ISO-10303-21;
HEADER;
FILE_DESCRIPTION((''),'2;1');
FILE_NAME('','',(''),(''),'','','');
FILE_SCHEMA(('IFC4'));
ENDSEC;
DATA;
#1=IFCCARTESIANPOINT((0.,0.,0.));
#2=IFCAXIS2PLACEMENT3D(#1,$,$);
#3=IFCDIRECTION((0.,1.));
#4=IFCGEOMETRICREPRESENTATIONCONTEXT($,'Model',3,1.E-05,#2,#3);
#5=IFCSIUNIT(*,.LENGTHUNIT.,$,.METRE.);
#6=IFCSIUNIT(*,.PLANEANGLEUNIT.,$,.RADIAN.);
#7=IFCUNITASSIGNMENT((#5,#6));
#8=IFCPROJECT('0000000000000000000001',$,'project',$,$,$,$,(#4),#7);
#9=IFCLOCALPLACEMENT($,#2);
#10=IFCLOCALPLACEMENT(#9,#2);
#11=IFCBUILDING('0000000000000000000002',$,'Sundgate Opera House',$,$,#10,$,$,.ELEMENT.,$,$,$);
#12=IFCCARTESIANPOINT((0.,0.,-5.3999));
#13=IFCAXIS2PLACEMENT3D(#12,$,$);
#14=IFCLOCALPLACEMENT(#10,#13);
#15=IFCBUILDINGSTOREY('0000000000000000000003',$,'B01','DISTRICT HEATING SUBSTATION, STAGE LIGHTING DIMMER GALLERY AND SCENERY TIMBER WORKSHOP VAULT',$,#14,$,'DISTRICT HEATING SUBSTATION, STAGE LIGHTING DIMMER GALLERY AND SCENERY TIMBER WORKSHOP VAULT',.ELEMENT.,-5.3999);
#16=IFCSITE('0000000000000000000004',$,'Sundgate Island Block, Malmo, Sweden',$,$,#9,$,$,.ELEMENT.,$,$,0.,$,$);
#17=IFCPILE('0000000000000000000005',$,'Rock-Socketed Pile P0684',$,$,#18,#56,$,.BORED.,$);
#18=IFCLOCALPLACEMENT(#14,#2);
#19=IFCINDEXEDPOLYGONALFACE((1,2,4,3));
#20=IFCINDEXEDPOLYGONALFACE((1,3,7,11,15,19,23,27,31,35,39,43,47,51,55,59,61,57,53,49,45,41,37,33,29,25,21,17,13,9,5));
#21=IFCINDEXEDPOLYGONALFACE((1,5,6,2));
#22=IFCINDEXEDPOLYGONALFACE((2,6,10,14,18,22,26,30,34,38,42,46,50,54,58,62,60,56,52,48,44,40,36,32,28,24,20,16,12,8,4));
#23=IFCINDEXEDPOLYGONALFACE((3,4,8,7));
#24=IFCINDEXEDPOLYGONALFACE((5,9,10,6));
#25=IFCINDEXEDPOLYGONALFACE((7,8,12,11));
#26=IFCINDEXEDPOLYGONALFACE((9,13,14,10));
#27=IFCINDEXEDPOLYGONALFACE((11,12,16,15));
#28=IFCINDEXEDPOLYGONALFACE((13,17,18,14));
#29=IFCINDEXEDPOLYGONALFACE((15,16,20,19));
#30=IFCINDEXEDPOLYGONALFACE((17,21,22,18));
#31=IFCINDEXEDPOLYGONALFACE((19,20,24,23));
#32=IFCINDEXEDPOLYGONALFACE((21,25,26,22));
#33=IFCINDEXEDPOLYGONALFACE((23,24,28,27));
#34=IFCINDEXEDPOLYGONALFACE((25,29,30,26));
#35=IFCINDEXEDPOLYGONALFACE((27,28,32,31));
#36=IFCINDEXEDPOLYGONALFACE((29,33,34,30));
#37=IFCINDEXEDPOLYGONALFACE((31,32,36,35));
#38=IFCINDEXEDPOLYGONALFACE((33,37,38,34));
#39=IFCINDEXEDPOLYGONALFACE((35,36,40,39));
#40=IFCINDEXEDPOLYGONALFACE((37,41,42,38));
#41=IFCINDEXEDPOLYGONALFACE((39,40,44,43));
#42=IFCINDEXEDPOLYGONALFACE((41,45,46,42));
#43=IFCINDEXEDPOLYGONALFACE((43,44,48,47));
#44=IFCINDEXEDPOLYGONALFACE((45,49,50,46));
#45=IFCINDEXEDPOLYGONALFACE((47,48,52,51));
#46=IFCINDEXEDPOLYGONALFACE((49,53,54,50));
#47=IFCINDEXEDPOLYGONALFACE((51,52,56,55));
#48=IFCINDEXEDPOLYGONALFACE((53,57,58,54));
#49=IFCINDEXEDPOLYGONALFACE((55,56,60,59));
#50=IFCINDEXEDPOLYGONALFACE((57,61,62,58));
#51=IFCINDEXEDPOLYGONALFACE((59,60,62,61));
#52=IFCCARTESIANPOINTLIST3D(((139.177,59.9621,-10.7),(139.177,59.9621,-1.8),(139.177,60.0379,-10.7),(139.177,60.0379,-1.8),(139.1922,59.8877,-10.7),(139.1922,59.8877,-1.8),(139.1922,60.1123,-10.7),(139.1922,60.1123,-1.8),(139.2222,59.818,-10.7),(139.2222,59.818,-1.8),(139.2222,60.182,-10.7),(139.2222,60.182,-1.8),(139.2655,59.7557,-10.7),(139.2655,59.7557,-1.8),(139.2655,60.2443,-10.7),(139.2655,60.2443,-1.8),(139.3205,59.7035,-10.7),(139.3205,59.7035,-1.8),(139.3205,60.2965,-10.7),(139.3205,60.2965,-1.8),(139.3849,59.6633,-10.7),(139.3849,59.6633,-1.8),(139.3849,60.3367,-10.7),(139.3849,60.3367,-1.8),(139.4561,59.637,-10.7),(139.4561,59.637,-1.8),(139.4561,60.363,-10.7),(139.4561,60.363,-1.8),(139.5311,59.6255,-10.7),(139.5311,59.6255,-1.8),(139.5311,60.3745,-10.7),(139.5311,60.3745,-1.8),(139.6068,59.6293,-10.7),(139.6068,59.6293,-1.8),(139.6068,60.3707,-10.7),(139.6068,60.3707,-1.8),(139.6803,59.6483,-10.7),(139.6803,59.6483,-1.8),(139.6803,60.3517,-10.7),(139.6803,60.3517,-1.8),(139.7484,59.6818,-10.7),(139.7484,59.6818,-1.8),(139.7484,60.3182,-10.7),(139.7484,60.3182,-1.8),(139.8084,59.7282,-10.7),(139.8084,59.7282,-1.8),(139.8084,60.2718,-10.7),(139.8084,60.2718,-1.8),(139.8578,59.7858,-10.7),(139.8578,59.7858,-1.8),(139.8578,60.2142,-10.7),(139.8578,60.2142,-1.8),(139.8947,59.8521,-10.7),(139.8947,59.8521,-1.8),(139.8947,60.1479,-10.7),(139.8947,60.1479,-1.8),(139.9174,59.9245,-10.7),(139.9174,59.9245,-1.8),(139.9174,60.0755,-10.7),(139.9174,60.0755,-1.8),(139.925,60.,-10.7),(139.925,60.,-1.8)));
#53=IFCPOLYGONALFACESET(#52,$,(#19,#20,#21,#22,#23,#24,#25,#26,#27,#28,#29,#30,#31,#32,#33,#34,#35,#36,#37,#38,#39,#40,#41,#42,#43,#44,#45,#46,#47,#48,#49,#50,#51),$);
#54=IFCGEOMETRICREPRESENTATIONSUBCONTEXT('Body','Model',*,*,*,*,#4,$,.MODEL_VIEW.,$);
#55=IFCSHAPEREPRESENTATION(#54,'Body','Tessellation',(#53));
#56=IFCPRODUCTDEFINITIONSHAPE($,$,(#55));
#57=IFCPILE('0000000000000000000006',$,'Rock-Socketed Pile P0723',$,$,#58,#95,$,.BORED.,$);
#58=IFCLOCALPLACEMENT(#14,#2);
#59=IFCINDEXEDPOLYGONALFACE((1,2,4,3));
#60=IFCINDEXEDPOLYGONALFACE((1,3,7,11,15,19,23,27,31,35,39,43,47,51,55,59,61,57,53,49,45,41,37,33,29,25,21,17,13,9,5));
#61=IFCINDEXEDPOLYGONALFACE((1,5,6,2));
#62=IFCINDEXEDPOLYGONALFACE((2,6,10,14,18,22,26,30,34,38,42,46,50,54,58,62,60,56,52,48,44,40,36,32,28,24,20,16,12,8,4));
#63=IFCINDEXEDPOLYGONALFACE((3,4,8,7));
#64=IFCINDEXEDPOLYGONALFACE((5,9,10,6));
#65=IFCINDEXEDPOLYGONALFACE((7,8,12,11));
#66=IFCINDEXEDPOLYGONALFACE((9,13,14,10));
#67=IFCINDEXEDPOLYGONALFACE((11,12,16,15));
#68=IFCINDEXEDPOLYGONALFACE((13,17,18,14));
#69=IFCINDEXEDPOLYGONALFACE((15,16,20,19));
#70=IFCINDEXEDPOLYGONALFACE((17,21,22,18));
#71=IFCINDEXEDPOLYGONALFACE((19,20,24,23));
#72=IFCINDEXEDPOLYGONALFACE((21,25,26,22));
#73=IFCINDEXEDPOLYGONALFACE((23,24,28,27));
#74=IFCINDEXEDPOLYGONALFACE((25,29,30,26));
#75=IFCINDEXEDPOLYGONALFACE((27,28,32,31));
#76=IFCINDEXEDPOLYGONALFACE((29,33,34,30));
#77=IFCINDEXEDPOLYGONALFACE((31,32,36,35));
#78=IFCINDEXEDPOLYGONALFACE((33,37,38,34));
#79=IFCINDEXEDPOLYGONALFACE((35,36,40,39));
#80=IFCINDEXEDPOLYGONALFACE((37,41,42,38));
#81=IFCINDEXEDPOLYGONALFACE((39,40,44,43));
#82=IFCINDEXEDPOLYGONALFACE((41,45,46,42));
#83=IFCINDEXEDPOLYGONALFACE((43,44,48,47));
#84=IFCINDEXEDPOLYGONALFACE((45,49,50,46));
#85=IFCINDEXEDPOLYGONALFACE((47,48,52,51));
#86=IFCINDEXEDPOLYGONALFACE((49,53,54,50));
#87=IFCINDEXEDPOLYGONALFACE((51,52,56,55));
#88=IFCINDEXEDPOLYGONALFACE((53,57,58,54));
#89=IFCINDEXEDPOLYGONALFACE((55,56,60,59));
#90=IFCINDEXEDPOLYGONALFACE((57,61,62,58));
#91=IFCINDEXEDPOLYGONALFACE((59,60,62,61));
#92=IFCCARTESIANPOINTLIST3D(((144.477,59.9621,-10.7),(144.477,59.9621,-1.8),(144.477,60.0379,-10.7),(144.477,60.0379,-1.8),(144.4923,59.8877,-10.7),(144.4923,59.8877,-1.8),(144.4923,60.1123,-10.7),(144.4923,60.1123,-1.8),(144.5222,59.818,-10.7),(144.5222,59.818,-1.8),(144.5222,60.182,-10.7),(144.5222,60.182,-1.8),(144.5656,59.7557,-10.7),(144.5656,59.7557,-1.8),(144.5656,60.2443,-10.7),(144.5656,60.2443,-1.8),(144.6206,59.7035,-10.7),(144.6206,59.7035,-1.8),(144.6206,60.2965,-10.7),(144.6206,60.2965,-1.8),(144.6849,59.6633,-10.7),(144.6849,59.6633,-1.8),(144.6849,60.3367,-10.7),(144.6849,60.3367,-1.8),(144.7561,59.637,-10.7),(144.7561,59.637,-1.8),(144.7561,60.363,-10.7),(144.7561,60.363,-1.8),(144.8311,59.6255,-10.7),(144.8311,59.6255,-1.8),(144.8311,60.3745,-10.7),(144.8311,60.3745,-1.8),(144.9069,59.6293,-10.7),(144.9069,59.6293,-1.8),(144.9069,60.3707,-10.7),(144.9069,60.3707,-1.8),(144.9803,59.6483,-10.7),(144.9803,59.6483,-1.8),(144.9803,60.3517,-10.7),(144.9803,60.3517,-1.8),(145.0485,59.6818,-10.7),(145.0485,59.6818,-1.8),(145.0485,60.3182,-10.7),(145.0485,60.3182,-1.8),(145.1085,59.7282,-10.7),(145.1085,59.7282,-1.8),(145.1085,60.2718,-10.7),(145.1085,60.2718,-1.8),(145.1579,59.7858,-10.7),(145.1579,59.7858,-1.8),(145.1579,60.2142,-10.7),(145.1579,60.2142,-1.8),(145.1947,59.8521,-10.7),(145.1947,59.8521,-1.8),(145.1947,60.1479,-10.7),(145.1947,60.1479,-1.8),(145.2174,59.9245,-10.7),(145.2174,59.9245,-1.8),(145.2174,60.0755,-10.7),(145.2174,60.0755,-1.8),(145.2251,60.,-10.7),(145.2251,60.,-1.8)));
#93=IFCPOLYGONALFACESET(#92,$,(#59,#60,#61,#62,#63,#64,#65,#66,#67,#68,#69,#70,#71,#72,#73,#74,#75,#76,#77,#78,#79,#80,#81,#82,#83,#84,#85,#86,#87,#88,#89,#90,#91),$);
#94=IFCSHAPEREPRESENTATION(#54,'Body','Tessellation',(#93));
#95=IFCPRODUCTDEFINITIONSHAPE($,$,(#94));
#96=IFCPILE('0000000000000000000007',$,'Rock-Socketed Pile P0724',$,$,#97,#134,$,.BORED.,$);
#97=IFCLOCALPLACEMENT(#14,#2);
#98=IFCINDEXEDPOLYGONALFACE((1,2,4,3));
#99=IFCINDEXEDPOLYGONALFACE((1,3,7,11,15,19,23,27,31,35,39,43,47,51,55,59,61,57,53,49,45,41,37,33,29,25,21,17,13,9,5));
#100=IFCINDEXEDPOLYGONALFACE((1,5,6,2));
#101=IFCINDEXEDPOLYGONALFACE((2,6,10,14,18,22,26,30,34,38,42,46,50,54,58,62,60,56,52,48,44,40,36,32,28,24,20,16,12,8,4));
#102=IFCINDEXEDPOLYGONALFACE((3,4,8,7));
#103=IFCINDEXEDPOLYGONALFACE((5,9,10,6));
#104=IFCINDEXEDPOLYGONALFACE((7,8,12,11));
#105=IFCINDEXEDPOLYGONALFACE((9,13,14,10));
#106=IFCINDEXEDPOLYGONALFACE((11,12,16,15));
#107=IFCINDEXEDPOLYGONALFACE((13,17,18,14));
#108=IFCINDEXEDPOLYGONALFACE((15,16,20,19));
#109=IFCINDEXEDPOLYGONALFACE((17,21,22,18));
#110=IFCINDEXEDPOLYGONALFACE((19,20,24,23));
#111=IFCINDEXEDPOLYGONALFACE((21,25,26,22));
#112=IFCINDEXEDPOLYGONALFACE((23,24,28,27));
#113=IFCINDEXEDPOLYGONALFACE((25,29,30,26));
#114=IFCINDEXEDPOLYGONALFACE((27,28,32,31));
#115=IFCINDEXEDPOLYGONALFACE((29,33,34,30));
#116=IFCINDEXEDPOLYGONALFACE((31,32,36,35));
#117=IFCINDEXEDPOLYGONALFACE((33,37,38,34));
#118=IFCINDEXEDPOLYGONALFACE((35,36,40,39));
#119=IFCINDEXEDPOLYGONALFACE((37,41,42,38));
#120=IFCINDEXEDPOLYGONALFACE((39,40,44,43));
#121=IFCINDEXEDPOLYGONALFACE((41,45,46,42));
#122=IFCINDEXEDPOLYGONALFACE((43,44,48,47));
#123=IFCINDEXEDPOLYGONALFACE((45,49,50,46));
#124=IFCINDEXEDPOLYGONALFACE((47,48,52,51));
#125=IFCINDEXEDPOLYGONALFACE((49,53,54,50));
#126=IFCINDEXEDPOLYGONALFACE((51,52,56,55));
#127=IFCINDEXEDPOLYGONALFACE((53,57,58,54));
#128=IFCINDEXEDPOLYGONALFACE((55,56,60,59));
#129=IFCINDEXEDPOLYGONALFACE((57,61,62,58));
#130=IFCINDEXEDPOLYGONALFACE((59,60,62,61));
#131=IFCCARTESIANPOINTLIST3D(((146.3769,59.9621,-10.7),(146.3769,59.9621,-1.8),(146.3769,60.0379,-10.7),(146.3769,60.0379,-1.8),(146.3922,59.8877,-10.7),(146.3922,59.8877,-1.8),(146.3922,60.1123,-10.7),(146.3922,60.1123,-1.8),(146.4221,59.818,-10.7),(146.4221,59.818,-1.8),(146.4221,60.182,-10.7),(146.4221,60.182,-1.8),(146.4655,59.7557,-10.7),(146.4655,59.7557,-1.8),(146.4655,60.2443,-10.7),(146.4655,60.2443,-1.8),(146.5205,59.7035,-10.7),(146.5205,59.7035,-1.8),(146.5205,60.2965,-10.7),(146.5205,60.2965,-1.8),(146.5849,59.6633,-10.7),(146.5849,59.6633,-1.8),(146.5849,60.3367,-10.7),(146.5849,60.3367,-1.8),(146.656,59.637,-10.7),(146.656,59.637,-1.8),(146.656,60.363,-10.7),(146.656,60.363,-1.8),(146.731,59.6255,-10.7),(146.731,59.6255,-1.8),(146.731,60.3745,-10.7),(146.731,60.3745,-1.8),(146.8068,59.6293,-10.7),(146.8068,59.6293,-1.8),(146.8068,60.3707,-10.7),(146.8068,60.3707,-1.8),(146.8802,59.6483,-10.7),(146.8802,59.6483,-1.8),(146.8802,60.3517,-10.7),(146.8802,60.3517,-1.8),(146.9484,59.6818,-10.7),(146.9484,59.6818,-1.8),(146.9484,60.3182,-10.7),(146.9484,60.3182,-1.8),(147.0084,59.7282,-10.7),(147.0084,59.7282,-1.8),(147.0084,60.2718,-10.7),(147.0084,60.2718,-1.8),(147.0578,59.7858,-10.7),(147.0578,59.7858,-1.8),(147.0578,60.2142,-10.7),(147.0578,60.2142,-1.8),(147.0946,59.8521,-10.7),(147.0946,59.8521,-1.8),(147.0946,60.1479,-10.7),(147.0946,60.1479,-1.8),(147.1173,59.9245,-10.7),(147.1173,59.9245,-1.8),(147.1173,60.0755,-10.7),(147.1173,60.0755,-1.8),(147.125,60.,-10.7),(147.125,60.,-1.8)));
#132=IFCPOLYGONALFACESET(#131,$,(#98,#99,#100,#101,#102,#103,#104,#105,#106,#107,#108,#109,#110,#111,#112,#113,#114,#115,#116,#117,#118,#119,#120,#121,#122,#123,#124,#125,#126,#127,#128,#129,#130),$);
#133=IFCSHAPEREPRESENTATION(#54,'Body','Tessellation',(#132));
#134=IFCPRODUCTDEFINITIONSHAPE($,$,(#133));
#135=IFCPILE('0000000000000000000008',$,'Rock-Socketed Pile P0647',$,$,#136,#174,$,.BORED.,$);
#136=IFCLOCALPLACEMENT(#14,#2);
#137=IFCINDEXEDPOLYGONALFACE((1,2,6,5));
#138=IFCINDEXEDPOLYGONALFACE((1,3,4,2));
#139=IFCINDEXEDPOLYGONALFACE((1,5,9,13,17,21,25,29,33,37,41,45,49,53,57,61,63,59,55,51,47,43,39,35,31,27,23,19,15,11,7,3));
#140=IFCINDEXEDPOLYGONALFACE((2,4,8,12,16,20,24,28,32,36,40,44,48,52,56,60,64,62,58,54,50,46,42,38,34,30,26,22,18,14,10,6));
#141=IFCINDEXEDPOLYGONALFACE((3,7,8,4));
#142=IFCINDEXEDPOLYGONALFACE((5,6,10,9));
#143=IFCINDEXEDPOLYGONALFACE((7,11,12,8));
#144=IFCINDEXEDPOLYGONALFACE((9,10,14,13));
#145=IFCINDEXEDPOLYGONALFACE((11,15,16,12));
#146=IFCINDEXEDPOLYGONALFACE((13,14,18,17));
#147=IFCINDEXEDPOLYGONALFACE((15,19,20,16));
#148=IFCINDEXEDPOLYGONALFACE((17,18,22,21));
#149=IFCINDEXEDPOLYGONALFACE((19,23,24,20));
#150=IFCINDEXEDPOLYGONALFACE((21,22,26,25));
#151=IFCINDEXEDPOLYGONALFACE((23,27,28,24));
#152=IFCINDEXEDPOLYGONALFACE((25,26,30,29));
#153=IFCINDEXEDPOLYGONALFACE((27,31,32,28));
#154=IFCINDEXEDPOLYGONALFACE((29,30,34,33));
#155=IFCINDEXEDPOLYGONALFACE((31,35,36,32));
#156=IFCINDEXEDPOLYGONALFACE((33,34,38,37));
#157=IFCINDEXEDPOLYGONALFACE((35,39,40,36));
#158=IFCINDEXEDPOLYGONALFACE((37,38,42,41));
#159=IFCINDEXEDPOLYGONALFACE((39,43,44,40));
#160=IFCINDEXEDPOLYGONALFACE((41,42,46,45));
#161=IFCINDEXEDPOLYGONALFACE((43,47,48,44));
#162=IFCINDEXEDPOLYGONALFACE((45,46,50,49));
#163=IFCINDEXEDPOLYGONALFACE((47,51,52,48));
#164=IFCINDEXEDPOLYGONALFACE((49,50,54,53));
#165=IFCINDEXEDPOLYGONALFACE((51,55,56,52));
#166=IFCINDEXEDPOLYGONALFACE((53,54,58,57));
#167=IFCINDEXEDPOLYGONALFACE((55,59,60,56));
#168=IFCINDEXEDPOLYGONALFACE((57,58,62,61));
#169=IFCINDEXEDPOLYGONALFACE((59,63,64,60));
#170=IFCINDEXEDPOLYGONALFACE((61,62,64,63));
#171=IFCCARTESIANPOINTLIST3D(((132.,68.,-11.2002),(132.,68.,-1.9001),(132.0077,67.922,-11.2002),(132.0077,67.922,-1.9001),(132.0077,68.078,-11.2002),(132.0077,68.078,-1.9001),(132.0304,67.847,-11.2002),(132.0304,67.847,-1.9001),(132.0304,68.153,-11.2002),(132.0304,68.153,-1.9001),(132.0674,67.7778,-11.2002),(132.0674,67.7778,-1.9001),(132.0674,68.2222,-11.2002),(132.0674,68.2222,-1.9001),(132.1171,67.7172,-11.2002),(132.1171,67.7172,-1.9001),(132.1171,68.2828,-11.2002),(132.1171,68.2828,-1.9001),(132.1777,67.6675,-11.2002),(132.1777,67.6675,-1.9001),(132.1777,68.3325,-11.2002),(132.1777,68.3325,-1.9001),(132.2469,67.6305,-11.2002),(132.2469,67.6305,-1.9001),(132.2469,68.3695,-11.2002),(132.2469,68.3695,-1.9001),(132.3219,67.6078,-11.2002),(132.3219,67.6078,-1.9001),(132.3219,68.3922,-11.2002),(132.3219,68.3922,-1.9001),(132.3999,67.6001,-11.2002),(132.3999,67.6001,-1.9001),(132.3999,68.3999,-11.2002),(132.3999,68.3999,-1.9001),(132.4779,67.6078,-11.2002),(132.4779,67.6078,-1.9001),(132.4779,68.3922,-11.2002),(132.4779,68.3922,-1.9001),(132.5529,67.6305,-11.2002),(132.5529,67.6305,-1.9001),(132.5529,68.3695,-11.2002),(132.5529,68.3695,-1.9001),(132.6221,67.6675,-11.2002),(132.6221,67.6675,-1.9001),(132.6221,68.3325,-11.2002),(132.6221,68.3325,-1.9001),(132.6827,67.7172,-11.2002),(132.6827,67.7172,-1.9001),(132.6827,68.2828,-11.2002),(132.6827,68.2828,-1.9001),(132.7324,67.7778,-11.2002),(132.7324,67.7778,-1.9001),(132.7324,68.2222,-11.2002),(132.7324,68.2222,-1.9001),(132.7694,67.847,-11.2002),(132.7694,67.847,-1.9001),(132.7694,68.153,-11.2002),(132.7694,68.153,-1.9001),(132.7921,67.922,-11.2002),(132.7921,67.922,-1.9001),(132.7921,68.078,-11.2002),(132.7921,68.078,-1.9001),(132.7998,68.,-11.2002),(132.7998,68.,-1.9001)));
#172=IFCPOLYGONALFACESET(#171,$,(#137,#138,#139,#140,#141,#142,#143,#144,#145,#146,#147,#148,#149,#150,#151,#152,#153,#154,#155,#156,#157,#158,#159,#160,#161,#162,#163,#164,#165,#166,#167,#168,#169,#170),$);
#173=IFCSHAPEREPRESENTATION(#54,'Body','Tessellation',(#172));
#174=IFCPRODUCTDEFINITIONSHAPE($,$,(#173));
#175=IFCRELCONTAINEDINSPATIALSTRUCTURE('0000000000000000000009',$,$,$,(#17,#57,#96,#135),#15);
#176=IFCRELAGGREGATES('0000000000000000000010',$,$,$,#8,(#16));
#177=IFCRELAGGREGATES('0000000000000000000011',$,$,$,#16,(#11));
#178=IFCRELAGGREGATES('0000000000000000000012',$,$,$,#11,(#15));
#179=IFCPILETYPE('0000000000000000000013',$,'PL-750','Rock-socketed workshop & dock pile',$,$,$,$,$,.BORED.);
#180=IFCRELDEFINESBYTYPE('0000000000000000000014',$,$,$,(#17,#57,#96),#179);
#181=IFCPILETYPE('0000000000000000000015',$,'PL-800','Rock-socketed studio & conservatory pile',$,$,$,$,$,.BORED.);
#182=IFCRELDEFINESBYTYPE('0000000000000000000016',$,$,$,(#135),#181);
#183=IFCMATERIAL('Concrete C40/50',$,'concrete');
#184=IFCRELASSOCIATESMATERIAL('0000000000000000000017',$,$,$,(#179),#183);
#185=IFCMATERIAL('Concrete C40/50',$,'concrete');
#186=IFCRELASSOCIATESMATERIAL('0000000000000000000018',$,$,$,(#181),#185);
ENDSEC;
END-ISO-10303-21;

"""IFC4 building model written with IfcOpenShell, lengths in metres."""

from ifc_helpers import new_model, si_unit, direction, frame, origin, origin_2d, place, context, subcontext, project, spatial, circle, extrude, material, material_profile, profile_set, type_object, element, save


model = new_model("IFC4")

# Units and contexts
model_context = context("Model", 3, precision=1e-05, world=origin(), true_north=direction((0.0, 1.0)))
body_context = subcontext(model_context, "Body", "Model", "MODEL_VIEW")
ifc_project = project(units=[si_unit("LENGTHUNIT", "METRE"), si_unit("PLANEANGLEUNIT", "RADIAN")], contexts=[model_context])

# Site, building, storey
site_placement = place(None, origin())
site = spatial("IfcSite", under=ifc_project, at=site_placement, Name="Sundgate Island Block, Malmo, Sweden", CompositionType="ELEMENT", RefElevation=0.0)
building_placement = place(site_placement, origin())
building = spatial("IfcBuilding", under=site, at=building_placement, Name="Sundgate Opera House", CompositionType="ELEMENT")
storey_placement = place(building_placement, frame((0.0, 0.0, -5.3999)))
storey = spatial("IfcBuildingStorey", under=building, at=storey_placement, Name="B01", Description="DISTRICT HEATING SUBSTATION, STAGE LIGHTING DIMMER GALLERY AND SCENERY TIMBER WORKSHOP VAULT", LongName="DISTRICT HEATING SUBSTATION, STAGE LIGHTING DIMMER GALLERY AND SCENERY TIMBER WORKSHOP VAULT", CompositionType="ELEMENT", Elevation=-5.3999)

# Piles
ifc_material_1 = material(Name="Concrete C40/50", Category="concrete")
ifc_material_profile_1 = material_profile(ifc_material_1, circle(Radius=0.375, at=origin_2d()), Name="PILE D750")
ifc_profile_set_1 = profile_set([ifc_material_profile_1], Name="Concrete C40/50")
pile_type_1 = type_object("IfcPileType", Name="PL-750", Description="Rock-socketed workshop & dock pile", PredefinedType="BORED", material=ifc_profile_set_1)
for number, where, z_axis, x_axis, name in (
    (1, (139.55, 60.0, -1.8), (0.0, 0.0, -1.0), (1.0, 0.0, 0.0), "Rock-Socketed Pile P0684"),
    (2, (144.8501, 60.0, -1.8), (0.0, 0.0, -1.0), (1.0, 0.0, 0.0), "Rock-Socketed Pile P0723"),
    (3, (146.75, 60.0, -1.8), (0.0, 0.0, -1.0), (1.0, 0.0, 0.0), "Rock-Socketed Pile P0724"),
):
    element("IfcPile", number, at=place(storey_placement, frame(where, z_axis=z_axis, x_axis=x_axis)), inside=storey, type_object=pile_type_1, Name=name, PredefinedType="BORED", context=body_context, shape_type="SweptSolid", body=[
        extrude(circle(Radius=0.375, at=origin_2d()), origin(), (0.0, 0.0, 1.0), 8.8999),
    ])
ifc_material_2 = material(Name="Concrete C40/50", Category="concrete")
ifc_material_profile_2 = material_profile(ifc_material_2, circle(Radius=0.3999, at=origin_2d()), Name="PILE D800")
ifc_profile_set_2 = profile_set([ifc_material_profile_2], Name="Concrete C40/50")
pile_type_2 = type_object("IfcPileType", Name="PL-800", Description="Rock-socketed studio & conservatory pile", PredefinedType="BORED", material=ifc_profile_set_2)
for number, where, z_axis, x_axis, name in (
    (4, (132.3999, 68.0, -1.9001), (0.0, 0.0, -1.0), (1.0, 0.0, 0.0), "Rock-Socketed Pile P0647"),
):
    element("IfcPile", number, at=place(storey_placement, frame(where, z_axis=z_axis, x_axis=x_axis)), inside=storey, type_object=pile_type_2, Name=name, PredefinedType="BORED", context=body_context, shape_type="SweptSolid", body=[
        extrude(circle(Radius=0.3999, at=origin_2d()), origin(), (0.0, 0.0, 1.0), 9.3),
    ])

save(model, "model.ifc")
